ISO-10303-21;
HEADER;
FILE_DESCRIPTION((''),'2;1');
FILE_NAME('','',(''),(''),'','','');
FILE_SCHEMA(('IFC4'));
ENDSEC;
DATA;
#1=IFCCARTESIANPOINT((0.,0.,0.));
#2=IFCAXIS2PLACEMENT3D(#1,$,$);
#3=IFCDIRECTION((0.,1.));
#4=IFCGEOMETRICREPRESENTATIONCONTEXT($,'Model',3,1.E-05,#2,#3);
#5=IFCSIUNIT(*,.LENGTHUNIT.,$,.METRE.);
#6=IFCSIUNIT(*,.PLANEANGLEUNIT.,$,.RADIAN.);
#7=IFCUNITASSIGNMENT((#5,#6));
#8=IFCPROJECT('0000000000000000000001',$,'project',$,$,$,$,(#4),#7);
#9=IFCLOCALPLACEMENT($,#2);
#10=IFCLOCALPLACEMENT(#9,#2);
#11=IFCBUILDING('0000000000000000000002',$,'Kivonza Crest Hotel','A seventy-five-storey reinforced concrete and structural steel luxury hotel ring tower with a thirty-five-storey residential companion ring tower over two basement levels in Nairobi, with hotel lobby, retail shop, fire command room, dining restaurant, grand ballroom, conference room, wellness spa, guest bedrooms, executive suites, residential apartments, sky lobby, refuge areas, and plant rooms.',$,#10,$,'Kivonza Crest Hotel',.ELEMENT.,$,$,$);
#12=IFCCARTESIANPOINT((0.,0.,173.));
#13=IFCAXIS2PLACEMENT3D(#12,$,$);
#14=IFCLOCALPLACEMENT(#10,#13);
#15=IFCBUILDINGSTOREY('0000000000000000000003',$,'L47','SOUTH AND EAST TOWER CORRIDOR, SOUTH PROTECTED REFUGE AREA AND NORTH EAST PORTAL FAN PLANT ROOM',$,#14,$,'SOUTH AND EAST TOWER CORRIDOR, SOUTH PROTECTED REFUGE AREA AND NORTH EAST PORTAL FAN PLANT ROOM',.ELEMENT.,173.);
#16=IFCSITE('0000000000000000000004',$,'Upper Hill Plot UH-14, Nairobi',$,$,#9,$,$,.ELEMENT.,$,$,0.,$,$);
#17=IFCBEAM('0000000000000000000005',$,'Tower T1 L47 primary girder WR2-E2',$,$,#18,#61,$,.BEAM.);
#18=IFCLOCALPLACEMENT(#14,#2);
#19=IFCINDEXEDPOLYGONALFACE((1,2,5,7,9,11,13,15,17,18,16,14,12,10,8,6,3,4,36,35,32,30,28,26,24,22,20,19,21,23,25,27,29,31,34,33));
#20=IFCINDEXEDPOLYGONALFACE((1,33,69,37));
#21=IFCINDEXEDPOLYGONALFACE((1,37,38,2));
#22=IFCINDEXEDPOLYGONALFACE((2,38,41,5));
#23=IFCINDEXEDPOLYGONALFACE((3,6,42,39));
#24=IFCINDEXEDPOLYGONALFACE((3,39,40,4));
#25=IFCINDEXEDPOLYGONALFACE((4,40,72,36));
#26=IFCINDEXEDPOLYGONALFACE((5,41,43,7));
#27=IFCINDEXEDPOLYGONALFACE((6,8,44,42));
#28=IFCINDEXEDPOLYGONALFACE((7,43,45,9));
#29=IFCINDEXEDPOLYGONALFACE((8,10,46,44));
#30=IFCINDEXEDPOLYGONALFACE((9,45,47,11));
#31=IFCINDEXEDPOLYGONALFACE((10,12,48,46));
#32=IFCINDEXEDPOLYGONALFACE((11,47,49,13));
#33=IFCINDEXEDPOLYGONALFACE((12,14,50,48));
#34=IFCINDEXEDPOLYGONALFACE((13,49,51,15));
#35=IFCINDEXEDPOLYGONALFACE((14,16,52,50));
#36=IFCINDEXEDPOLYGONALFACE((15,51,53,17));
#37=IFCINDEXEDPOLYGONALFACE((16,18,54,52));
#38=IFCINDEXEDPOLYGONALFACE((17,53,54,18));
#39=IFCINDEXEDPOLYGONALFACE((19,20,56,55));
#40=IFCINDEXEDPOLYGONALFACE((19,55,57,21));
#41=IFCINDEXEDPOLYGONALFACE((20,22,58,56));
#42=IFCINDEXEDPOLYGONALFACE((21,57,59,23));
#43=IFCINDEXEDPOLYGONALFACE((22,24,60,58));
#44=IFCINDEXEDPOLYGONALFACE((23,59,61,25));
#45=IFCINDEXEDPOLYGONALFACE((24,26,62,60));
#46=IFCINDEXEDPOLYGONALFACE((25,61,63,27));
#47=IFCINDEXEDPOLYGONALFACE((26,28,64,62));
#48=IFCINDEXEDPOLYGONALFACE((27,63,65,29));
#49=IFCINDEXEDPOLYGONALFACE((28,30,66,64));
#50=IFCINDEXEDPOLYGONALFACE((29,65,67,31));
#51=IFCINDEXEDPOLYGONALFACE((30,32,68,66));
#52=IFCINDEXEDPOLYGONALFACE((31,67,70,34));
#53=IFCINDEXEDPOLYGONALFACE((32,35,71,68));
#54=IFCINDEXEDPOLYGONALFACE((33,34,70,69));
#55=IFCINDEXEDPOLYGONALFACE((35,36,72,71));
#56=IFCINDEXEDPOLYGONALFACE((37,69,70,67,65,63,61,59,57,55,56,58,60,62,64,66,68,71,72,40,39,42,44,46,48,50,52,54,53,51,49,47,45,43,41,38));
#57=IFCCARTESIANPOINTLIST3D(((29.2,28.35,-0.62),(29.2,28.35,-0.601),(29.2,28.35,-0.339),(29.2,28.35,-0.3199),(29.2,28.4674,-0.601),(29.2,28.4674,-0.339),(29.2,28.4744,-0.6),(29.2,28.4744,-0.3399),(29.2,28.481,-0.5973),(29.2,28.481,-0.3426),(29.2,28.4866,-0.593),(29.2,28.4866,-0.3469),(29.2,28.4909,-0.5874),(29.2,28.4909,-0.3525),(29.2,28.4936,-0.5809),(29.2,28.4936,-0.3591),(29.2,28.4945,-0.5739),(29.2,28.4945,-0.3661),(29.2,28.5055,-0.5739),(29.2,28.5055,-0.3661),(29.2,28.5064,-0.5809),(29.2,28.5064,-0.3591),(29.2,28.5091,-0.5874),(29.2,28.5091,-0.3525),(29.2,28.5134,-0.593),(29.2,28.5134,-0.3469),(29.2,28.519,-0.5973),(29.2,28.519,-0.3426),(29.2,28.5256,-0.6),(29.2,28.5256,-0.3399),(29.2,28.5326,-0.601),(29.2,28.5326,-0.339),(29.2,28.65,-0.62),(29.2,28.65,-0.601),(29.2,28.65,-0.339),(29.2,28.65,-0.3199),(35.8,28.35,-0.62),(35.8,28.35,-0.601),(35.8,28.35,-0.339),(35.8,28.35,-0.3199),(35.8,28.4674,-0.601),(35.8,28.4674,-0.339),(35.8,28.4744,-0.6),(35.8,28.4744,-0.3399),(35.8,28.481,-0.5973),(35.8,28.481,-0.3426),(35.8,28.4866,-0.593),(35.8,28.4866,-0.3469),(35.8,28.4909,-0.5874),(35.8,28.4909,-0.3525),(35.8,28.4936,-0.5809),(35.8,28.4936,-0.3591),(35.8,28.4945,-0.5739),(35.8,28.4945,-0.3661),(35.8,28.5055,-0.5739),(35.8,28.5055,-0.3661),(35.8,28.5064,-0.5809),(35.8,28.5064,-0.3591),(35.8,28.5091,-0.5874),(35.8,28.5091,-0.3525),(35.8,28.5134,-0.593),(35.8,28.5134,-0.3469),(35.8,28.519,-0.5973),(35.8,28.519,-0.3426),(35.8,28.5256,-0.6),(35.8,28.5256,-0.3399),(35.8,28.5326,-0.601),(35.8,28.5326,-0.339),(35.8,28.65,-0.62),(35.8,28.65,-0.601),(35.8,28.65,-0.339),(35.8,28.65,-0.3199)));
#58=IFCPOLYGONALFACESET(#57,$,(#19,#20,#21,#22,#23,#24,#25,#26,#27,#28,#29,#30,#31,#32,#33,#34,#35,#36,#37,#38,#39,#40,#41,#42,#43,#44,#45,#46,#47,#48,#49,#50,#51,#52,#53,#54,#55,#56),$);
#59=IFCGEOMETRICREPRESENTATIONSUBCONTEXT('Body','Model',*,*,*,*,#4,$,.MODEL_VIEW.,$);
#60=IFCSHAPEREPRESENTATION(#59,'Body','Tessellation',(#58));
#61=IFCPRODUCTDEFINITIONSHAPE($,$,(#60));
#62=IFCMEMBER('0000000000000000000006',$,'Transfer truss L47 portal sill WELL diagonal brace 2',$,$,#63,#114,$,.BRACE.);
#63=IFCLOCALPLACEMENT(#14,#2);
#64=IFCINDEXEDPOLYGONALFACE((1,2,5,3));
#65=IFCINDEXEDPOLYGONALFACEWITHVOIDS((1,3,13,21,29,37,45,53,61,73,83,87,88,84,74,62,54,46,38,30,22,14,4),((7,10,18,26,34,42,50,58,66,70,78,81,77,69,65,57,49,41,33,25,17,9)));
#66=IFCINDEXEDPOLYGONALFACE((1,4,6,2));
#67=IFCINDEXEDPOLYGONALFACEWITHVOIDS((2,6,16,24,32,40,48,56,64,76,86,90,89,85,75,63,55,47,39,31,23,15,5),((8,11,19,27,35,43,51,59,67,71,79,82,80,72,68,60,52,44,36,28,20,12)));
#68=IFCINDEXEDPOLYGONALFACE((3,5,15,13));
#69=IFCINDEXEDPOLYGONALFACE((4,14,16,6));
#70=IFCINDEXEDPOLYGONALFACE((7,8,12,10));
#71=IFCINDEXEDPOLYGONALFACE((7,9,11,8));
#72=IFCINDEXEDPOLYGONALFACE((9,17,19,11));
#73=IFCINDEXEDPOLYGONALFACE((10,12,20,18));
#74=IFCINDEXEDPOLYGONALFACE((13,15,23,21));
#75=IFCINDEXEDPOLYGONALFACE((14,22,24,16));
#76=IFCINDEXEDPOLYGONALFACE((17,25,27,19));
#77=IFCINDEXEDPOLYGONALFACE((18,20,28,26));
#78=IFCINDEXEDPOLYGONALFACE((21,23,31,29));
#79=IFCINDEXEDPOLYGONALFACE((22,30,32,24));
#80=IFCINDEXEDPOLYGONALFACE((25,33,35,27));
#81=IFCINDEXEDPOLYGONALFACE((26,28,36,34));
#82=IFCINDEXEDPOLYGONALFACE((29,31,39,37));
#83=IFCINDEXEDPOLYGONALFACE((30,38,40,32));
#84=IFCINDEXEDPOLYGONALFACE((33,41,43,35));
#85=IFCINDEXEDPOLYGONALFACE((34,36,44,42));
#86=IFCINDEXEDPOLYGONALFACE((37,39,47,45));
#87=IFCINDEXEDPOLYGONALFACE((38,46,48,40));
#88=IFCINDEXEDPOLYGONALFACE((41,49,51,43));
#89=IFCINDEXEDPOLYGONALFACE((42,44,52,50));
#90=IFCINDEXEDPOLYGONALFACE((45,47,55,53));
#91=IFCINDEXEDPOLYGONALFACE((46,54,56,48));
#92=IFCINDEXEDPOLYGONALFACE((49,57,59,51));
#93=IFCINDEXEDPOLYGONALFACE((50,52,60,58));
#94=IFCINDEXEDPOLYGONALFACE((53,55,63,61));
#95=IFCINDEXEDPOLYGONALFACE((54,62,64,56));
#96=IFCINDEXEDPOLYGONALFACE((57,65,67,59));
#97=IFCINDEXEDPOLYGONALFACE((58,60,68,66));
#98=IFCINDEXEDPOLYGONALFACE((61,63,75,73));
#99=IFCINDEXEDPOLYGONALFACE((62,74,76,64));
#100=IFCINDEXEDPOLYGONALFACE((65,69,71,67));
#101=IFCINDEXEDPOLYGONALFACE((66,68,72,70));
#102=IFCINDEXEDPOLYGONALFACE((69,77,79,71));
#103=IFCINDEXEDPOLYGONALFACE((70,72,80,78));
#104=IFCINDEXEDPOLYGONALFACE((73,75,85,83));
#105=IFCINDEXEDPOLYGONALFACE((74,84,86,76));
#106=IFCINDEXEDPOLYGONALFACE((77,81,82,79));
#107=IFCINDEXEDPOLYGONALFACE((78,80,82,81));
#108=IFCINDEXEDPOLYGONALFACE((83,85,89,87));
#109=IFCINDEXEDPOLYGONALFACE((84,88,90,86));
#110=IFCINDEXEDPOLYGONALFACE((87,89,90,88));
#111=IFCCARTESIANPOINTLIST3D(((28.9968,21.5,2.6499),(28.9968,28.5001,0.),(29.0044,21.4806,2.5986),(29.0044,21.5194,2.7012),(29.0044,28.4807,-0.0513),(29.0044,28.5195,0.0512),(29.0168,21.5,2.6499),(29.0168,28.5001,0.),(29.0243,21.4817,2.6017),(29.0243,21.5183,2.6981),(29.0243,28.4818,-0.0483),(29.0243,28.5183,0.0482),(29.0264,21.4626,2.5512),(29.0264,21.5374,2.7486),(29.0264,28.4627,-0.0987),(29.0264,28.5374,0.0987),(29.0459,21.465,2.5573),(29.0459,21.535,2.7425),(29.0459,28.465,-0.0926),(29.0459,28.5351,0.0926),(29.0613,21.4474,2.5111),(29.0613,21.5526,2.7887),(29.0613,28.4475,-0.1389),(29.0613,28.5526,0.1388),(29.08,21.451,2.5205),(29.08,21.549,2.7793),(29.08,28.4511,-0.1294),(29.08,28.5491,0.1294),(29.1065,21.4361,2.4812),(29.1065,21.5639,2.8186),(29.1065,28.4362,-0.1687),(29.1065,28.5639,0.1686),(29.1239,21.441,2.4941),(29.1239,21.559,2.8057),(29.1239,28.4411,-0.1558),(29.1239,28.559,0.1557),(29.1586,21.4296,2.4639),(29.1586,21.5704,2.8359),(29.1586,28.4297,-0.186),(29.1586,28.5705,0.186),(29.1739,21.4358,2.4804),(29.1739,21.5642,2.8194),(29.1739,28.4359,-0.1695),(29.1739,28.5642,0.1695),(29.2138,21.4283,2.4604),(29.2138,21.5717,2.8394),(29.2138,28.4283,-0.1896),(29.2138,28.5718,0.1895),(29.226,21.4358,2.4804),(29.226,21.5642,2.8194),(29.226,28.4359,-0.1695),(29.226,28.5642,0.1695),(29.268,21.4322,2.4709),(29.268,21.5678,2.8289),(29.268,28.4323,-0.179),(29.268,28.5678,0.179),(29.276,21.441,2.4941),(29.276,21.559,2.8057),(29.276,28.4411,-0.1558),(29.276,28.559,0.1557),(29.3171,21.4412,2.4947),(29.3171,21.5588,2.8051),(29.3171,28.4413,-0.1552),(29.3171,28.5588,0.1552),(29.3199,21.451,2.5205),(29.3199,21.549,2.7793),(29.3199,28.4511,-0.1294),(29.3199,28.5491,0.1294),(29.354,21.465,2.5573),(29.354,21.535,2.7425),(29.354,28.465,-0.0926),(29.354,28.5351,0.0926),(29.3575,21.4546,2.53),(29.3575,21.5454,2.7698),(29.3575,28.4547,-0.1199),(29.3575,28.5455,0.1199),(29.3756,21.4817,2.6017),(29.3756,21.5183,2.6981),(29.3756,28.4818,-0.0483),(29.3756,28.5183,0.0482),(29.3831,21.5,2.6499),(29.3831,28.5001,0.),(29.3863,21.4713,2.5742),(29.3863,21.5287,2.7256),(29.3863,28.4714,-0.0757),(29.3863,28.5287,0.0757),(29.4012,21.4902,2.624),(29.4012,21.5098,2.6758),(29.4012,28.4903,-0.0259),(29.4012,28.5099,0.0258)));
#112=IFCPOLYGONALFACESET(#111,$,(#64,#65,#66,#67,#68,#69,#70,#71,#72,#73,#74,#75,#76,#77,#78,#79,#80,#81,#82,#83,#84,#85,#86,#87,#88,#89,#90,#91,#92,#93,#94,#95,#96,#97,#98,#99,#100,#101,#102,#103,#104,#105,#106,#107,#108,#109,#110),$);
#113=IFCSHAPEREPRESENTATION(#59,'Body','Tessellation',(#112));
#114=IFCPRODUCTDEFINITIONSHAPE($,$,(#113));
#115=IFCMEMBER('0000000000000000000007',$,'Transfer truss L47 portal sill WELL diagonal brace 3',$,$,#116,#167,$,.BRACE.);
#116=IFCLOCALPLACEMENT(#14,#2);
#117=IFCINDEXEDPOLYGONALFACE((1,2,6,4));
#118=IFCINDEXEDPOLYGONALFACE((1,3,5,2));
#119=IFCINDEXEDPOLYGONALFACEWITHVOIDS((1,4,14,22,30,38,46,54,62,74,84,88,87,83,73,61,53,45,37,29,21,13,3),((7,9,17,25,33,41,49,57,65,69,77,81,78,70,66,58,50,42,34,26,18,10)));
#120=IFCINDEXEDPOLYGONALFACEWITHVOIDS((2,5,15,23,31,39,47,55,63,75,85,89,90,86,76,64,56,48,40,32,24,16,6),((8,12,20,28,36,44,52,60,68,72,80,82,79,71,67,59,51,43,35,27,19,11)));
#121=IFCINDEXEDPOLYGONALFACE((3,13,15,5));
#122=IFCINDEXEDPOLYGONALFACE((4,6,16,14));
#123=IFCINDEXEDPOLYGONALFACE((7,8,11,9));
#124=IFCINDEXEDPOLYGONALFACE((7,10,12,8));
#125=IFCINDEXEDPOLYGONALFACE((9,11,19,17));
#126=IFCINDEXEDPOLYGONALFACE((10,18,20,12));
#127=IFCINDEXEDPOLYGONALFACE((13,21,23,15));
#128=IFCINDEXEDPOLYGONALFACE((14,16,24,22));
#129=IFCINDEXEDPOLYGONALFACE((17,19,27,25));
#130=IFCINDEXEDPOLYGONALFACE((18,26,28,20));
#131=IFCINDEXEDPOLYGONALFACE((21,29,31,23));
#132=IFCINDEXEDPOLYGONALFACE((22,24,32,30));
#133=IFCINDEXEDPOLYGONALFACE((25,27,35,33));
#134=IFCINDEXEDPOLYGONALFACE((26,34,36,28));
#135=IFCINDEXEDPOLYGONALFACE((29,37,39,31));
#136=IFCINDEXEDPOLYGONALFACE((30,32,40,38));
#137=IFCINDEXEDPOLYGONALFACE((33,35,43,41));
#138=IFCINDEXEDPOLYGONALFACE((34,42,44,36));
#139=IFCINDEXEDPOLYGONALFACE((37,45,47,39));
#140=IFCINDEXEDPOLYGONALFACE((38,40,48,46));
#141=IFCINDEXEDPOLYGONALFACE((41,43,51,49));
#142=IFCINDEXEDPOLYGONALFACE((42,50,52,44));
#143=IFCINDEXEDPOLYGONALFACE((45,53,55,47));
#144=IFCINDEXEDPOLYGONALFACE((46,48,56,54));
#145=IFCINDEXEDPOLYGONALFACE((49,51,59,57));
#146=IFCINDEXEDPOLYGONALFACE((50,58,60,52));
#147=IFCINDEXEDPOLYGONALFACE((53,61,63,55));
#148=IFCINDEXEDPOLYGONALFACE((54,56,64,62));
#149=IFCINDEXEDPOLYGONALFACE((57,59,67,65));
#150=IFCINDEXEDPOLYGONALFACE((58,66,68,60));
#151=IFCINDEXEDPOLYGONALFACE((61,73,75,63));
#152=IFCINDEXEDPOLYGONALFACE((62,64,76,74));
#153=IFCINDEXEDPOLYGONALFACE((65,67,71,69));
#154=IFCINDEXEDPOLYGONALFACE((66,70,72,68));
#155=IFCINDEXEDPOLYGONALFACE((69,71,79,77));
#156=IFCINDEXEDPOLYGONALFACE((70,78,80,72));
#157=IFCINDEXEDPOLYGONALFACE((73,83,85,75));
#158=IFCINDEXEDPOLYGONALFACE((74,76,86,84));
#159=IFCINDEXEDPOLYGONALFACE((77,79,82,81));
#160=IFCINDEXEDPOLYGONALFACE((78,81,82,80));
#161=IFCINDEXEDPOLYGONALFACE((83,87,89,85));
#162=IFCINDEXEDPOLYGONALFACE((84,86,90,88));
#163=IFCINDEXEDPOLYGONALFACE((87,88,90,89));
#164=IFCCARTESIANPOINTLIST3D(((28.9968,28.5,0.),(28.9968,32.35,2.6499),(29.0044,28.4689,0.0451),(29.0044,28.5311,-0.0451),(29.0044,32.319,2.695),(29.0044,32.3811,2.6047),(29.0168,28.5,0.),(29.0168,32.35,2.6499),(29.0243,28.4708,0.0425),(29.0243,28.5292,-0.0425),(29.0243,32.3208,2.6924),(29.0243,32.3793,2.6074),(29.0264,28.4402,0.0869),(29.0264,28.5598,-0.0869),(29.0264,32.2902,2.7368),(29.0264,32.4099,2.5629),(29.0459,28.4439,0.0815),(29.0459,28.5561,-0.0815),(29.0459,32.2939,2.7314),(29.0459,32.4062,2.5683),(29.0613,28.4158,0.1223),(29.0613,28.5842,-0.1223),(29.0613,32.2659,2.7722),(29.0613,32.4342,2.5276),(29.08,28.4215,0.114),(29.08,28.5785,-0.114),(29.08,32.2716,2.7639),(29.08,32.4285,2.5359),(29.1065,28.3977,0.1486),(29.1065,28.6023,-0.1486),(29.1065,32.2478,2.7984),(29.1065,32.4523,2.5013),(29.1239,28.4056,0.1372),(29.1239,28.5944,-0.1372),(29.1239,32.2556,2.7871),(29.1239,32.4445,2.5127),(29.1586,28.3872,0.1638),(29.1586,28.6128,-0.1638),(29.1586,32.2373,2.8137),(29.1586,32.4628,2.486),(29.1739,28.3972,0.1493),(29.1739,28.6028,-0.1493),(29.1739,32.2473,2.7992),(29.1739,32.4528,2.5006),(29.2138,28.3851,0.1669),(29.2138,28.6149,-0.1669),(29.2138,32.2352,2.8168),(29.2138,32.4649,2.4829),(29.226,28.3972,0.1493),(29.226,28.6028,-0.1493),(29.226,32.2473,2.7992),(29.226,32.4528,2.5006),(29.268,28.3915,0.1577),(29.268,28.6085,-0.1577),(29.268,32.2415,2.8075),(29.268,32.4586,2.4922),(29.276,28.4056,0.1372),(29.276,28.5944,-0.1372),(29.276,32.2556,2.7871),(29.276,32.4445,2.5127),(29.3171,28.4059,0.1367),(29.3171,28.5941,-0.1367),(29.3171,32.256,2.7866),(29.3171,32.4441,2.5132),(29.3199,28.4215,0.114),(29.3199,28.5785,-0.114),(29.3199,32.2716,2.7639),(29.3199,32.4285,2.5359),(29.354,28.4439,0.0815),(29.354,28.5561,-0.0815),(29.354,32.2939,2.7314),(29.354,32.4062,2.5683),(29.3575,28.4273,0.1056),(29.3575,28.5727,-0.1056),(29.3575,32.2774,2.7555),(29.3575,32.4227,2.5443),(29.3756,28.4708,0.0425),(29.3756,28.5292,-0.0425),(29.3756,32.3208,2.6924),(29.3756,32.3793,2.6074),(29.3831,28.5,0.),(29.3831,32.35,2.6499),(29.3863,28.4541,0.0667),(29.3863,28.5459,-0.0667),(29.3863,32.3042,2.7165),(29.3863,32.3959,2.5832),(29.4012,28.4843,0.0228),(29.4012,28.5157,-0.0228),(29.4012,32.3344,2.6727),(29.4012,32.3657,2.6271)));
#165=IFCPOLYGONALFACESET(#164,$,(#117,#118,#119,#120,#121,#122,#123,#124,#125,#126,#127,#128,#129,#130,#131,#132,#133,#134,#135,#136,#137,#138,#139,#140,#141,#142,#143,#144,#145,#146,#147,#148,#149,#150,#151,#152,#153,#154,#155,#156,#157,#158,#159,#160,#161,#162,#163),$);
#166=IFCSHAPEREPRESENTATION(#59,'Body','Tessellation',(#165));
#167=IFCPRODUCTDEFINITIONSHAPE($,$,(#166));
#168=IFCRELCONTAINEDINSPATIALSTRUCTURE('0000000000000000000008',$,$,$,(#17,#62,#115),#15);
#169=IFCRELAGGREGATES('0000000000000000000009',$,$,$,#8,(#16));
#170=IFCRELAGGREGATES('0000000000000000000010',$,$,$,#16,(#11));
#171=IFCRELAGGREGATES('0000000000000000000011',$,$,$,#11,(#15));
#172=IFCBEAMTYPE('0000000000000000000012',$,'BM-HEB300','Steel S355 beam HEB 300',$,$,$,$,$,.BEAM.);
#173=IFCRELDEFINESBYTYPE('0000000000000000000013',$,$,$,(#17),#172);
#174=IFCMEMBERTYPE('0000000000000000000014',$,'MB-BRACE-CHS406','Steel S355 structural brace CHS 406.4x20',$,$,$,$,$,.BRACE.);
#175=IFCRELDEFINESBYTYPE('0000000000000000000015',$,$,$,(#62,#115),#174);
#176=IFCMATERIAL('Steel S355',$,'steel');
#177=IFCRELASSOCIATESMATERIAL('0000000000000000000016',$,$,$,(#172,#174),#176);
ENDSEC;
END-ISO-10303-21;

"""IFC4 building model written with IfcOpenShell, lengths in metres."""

from ifc_helpers import new_model, si_unit, direction, frame, origin, origin_2d, place, context, subcontext, project, spatial, hollow_circle, i_section, extrude, material, material_profile, profile_set, type_object, element, save


model = new_model("IFC4")

# Units and contexts
model_context = context("Model", 3, precision=1e-05, world=origin(), true_north=direction((0.0, 1.0)))
body_context = subcontext(model_context, "Body", "Model", "MODEL_VIEW")
ifc_project = project(units=[si_unit("LENGTHUNIT", "METRE"), si_unit("PLANEANGLEUNIT", "RADIAN")], contexts=[model_context])

# Site, building, storey
site_placement = place(None, origin())
site = spatial("IfcSite", under=ifc_project, at=site_placement, Name="Upper Hill Plot UH-14, Nairobi", CompositionType="ELEMENT", RefElevation=0.0)
building_placement = place(site_placement, origin())
building = spatial("IfcBuilding", under=site, at=building_placement, Name="Kivonza Crest Hotel", Description="A seventy-five-storey reinforced concrete and structural steel luxury hotel ring tower with a thirty-five-storey residential companion ring tower over two basement levels in Nairobi, with hotel lobby, retail shop, fire command room, dining restaurant, grand ballroom, conference room, wellness spa, guest bedrooms, executive suites, residential apartments, sky lobby, refuge areas, and plant rooms.", LongName="Kivonza Crest Hotel", CompositionType="ELEMENT")
storey_placement = place(building_placement, frame((0.0, 0.0, 173.0)))
storey = spatial("IfcBuildingStorey", under=building, at=storey_placement, Name="L47", Description="SOUTH AND EAST TOWER CORRIDOR, SOUTH PROTECTED REFUGE AREA AND NORTH EAST PORTAL FAN PLANT ROOM", LongName="SOUTH AND EAST TOWER CORRIDOR, SOUTH PROTECTED REFUGE AREA AND NORTH EAST PORTAL FAN PLANT ROOM", CompositionType="ELEMENT", Elevation=173.0)

# Shared definitions
ifc_material_1 = material(Name="Steel S355", Category="steel")

# Beam
ifc_material_profile_1 = material_profile(ifc_material_1, i_section(OverallWidth=0.3, OverallDepth=0.3, WebThickness=0.011, FlangeThickness=0.019, FilletRadius=0.0271, at=origin_2d()), Name="HEB 300")
ifc_profile_set_1 = profile_set([ifc_material_profile_1], Name="Steel S355")
beam_type = type_object("IfcBeamType", Name="BM-HEB300", Description="Steel S355 beam HEB 300", PredefinedType="BEAM", material=ifc_profile_set_1)
beam_1_placement = place(storey_placement, frame((29.2, 28.5, -0.47), z_axis=(1.0, 0.0, 0.0), x_axis=(0.0, 1.0, 0.0)))
element("IfcBeam", 1, at=beam_1_placement, inside=storey, type_object=beam_type, Name="Tower T1 L47 primary girder WR2-E2", PredefinedType="BEAM", context=body_context, shape_type="SweptSolid", body=[
    extrude(i_section(OverallWidth=0.3, OverallDepth=0.3, WebThickness=0.011, FlangeThickness=0.019, FilletRadius=0.0271, at=origin_2d()), origin(), (0.0, 0.0, 1.0), 6.6001),
])

# Members
ifc_material_profile_2 = material_profile(ifc_material_1, hollow_circle(Radius=0.2031, WallThickness=0.02, at=origin_2d()), Name="CHS 406.4x20")
ifc_profile_set_2 = profile_set([ifc_material_profile_2], Name="Steel S355")
member_type_1 = type_object("IfcMemberType", Name="MB-BRACE-CHS406", Description="Steel S355 structural brace CHS 406.4x20", PredefinedType="BRACE", material=ifc_profile_set_2)
member_1_placement = place(storey_placement, frame((29.2, 21.5, 2.6499), z_axis=(0.0, 0.935231, -0.354039), x_axis=(-1.0, 0.0, 0.0)))
element("IfcMember", 2, at=member_1_placement, inside=storey, type_object=member_type_1, Name="Transfer truss L47 portal sill WELL diagonal brace 2", PredefinedType="BRACE", context=body_context, shape_type="SweptSolid", body=[
    extrude(hollow_circle(Radius=0.2031, WallThickness=0.02, at=origin_2d()), origin(), (0.0, 0.0, 1.0), 7.4849),
])
member_2_placement = place(storey_placement, frame((29.2, 28.5, 0.0), z_axis=(0.0, 0.823746, 0.566959), x_axis=(-1.0, 0.0, 0.0)))
element("IfcMember", 3, at=member_2_placement, inside=storey, type_object=member_type_1, Name="Transfer truss L47 portal sill WELL diagonal brace 3", PredefinedType="BRACE", context=body_context, shape_type="SweptSolid", body=[
    extrude(hollow_circle(Radius=0.2031, WallThickness=0.02, at=origin_2d()), origin(), (0.0, 0.0, 1.0), 4.6738),
])

save(model, "model.ifc")
